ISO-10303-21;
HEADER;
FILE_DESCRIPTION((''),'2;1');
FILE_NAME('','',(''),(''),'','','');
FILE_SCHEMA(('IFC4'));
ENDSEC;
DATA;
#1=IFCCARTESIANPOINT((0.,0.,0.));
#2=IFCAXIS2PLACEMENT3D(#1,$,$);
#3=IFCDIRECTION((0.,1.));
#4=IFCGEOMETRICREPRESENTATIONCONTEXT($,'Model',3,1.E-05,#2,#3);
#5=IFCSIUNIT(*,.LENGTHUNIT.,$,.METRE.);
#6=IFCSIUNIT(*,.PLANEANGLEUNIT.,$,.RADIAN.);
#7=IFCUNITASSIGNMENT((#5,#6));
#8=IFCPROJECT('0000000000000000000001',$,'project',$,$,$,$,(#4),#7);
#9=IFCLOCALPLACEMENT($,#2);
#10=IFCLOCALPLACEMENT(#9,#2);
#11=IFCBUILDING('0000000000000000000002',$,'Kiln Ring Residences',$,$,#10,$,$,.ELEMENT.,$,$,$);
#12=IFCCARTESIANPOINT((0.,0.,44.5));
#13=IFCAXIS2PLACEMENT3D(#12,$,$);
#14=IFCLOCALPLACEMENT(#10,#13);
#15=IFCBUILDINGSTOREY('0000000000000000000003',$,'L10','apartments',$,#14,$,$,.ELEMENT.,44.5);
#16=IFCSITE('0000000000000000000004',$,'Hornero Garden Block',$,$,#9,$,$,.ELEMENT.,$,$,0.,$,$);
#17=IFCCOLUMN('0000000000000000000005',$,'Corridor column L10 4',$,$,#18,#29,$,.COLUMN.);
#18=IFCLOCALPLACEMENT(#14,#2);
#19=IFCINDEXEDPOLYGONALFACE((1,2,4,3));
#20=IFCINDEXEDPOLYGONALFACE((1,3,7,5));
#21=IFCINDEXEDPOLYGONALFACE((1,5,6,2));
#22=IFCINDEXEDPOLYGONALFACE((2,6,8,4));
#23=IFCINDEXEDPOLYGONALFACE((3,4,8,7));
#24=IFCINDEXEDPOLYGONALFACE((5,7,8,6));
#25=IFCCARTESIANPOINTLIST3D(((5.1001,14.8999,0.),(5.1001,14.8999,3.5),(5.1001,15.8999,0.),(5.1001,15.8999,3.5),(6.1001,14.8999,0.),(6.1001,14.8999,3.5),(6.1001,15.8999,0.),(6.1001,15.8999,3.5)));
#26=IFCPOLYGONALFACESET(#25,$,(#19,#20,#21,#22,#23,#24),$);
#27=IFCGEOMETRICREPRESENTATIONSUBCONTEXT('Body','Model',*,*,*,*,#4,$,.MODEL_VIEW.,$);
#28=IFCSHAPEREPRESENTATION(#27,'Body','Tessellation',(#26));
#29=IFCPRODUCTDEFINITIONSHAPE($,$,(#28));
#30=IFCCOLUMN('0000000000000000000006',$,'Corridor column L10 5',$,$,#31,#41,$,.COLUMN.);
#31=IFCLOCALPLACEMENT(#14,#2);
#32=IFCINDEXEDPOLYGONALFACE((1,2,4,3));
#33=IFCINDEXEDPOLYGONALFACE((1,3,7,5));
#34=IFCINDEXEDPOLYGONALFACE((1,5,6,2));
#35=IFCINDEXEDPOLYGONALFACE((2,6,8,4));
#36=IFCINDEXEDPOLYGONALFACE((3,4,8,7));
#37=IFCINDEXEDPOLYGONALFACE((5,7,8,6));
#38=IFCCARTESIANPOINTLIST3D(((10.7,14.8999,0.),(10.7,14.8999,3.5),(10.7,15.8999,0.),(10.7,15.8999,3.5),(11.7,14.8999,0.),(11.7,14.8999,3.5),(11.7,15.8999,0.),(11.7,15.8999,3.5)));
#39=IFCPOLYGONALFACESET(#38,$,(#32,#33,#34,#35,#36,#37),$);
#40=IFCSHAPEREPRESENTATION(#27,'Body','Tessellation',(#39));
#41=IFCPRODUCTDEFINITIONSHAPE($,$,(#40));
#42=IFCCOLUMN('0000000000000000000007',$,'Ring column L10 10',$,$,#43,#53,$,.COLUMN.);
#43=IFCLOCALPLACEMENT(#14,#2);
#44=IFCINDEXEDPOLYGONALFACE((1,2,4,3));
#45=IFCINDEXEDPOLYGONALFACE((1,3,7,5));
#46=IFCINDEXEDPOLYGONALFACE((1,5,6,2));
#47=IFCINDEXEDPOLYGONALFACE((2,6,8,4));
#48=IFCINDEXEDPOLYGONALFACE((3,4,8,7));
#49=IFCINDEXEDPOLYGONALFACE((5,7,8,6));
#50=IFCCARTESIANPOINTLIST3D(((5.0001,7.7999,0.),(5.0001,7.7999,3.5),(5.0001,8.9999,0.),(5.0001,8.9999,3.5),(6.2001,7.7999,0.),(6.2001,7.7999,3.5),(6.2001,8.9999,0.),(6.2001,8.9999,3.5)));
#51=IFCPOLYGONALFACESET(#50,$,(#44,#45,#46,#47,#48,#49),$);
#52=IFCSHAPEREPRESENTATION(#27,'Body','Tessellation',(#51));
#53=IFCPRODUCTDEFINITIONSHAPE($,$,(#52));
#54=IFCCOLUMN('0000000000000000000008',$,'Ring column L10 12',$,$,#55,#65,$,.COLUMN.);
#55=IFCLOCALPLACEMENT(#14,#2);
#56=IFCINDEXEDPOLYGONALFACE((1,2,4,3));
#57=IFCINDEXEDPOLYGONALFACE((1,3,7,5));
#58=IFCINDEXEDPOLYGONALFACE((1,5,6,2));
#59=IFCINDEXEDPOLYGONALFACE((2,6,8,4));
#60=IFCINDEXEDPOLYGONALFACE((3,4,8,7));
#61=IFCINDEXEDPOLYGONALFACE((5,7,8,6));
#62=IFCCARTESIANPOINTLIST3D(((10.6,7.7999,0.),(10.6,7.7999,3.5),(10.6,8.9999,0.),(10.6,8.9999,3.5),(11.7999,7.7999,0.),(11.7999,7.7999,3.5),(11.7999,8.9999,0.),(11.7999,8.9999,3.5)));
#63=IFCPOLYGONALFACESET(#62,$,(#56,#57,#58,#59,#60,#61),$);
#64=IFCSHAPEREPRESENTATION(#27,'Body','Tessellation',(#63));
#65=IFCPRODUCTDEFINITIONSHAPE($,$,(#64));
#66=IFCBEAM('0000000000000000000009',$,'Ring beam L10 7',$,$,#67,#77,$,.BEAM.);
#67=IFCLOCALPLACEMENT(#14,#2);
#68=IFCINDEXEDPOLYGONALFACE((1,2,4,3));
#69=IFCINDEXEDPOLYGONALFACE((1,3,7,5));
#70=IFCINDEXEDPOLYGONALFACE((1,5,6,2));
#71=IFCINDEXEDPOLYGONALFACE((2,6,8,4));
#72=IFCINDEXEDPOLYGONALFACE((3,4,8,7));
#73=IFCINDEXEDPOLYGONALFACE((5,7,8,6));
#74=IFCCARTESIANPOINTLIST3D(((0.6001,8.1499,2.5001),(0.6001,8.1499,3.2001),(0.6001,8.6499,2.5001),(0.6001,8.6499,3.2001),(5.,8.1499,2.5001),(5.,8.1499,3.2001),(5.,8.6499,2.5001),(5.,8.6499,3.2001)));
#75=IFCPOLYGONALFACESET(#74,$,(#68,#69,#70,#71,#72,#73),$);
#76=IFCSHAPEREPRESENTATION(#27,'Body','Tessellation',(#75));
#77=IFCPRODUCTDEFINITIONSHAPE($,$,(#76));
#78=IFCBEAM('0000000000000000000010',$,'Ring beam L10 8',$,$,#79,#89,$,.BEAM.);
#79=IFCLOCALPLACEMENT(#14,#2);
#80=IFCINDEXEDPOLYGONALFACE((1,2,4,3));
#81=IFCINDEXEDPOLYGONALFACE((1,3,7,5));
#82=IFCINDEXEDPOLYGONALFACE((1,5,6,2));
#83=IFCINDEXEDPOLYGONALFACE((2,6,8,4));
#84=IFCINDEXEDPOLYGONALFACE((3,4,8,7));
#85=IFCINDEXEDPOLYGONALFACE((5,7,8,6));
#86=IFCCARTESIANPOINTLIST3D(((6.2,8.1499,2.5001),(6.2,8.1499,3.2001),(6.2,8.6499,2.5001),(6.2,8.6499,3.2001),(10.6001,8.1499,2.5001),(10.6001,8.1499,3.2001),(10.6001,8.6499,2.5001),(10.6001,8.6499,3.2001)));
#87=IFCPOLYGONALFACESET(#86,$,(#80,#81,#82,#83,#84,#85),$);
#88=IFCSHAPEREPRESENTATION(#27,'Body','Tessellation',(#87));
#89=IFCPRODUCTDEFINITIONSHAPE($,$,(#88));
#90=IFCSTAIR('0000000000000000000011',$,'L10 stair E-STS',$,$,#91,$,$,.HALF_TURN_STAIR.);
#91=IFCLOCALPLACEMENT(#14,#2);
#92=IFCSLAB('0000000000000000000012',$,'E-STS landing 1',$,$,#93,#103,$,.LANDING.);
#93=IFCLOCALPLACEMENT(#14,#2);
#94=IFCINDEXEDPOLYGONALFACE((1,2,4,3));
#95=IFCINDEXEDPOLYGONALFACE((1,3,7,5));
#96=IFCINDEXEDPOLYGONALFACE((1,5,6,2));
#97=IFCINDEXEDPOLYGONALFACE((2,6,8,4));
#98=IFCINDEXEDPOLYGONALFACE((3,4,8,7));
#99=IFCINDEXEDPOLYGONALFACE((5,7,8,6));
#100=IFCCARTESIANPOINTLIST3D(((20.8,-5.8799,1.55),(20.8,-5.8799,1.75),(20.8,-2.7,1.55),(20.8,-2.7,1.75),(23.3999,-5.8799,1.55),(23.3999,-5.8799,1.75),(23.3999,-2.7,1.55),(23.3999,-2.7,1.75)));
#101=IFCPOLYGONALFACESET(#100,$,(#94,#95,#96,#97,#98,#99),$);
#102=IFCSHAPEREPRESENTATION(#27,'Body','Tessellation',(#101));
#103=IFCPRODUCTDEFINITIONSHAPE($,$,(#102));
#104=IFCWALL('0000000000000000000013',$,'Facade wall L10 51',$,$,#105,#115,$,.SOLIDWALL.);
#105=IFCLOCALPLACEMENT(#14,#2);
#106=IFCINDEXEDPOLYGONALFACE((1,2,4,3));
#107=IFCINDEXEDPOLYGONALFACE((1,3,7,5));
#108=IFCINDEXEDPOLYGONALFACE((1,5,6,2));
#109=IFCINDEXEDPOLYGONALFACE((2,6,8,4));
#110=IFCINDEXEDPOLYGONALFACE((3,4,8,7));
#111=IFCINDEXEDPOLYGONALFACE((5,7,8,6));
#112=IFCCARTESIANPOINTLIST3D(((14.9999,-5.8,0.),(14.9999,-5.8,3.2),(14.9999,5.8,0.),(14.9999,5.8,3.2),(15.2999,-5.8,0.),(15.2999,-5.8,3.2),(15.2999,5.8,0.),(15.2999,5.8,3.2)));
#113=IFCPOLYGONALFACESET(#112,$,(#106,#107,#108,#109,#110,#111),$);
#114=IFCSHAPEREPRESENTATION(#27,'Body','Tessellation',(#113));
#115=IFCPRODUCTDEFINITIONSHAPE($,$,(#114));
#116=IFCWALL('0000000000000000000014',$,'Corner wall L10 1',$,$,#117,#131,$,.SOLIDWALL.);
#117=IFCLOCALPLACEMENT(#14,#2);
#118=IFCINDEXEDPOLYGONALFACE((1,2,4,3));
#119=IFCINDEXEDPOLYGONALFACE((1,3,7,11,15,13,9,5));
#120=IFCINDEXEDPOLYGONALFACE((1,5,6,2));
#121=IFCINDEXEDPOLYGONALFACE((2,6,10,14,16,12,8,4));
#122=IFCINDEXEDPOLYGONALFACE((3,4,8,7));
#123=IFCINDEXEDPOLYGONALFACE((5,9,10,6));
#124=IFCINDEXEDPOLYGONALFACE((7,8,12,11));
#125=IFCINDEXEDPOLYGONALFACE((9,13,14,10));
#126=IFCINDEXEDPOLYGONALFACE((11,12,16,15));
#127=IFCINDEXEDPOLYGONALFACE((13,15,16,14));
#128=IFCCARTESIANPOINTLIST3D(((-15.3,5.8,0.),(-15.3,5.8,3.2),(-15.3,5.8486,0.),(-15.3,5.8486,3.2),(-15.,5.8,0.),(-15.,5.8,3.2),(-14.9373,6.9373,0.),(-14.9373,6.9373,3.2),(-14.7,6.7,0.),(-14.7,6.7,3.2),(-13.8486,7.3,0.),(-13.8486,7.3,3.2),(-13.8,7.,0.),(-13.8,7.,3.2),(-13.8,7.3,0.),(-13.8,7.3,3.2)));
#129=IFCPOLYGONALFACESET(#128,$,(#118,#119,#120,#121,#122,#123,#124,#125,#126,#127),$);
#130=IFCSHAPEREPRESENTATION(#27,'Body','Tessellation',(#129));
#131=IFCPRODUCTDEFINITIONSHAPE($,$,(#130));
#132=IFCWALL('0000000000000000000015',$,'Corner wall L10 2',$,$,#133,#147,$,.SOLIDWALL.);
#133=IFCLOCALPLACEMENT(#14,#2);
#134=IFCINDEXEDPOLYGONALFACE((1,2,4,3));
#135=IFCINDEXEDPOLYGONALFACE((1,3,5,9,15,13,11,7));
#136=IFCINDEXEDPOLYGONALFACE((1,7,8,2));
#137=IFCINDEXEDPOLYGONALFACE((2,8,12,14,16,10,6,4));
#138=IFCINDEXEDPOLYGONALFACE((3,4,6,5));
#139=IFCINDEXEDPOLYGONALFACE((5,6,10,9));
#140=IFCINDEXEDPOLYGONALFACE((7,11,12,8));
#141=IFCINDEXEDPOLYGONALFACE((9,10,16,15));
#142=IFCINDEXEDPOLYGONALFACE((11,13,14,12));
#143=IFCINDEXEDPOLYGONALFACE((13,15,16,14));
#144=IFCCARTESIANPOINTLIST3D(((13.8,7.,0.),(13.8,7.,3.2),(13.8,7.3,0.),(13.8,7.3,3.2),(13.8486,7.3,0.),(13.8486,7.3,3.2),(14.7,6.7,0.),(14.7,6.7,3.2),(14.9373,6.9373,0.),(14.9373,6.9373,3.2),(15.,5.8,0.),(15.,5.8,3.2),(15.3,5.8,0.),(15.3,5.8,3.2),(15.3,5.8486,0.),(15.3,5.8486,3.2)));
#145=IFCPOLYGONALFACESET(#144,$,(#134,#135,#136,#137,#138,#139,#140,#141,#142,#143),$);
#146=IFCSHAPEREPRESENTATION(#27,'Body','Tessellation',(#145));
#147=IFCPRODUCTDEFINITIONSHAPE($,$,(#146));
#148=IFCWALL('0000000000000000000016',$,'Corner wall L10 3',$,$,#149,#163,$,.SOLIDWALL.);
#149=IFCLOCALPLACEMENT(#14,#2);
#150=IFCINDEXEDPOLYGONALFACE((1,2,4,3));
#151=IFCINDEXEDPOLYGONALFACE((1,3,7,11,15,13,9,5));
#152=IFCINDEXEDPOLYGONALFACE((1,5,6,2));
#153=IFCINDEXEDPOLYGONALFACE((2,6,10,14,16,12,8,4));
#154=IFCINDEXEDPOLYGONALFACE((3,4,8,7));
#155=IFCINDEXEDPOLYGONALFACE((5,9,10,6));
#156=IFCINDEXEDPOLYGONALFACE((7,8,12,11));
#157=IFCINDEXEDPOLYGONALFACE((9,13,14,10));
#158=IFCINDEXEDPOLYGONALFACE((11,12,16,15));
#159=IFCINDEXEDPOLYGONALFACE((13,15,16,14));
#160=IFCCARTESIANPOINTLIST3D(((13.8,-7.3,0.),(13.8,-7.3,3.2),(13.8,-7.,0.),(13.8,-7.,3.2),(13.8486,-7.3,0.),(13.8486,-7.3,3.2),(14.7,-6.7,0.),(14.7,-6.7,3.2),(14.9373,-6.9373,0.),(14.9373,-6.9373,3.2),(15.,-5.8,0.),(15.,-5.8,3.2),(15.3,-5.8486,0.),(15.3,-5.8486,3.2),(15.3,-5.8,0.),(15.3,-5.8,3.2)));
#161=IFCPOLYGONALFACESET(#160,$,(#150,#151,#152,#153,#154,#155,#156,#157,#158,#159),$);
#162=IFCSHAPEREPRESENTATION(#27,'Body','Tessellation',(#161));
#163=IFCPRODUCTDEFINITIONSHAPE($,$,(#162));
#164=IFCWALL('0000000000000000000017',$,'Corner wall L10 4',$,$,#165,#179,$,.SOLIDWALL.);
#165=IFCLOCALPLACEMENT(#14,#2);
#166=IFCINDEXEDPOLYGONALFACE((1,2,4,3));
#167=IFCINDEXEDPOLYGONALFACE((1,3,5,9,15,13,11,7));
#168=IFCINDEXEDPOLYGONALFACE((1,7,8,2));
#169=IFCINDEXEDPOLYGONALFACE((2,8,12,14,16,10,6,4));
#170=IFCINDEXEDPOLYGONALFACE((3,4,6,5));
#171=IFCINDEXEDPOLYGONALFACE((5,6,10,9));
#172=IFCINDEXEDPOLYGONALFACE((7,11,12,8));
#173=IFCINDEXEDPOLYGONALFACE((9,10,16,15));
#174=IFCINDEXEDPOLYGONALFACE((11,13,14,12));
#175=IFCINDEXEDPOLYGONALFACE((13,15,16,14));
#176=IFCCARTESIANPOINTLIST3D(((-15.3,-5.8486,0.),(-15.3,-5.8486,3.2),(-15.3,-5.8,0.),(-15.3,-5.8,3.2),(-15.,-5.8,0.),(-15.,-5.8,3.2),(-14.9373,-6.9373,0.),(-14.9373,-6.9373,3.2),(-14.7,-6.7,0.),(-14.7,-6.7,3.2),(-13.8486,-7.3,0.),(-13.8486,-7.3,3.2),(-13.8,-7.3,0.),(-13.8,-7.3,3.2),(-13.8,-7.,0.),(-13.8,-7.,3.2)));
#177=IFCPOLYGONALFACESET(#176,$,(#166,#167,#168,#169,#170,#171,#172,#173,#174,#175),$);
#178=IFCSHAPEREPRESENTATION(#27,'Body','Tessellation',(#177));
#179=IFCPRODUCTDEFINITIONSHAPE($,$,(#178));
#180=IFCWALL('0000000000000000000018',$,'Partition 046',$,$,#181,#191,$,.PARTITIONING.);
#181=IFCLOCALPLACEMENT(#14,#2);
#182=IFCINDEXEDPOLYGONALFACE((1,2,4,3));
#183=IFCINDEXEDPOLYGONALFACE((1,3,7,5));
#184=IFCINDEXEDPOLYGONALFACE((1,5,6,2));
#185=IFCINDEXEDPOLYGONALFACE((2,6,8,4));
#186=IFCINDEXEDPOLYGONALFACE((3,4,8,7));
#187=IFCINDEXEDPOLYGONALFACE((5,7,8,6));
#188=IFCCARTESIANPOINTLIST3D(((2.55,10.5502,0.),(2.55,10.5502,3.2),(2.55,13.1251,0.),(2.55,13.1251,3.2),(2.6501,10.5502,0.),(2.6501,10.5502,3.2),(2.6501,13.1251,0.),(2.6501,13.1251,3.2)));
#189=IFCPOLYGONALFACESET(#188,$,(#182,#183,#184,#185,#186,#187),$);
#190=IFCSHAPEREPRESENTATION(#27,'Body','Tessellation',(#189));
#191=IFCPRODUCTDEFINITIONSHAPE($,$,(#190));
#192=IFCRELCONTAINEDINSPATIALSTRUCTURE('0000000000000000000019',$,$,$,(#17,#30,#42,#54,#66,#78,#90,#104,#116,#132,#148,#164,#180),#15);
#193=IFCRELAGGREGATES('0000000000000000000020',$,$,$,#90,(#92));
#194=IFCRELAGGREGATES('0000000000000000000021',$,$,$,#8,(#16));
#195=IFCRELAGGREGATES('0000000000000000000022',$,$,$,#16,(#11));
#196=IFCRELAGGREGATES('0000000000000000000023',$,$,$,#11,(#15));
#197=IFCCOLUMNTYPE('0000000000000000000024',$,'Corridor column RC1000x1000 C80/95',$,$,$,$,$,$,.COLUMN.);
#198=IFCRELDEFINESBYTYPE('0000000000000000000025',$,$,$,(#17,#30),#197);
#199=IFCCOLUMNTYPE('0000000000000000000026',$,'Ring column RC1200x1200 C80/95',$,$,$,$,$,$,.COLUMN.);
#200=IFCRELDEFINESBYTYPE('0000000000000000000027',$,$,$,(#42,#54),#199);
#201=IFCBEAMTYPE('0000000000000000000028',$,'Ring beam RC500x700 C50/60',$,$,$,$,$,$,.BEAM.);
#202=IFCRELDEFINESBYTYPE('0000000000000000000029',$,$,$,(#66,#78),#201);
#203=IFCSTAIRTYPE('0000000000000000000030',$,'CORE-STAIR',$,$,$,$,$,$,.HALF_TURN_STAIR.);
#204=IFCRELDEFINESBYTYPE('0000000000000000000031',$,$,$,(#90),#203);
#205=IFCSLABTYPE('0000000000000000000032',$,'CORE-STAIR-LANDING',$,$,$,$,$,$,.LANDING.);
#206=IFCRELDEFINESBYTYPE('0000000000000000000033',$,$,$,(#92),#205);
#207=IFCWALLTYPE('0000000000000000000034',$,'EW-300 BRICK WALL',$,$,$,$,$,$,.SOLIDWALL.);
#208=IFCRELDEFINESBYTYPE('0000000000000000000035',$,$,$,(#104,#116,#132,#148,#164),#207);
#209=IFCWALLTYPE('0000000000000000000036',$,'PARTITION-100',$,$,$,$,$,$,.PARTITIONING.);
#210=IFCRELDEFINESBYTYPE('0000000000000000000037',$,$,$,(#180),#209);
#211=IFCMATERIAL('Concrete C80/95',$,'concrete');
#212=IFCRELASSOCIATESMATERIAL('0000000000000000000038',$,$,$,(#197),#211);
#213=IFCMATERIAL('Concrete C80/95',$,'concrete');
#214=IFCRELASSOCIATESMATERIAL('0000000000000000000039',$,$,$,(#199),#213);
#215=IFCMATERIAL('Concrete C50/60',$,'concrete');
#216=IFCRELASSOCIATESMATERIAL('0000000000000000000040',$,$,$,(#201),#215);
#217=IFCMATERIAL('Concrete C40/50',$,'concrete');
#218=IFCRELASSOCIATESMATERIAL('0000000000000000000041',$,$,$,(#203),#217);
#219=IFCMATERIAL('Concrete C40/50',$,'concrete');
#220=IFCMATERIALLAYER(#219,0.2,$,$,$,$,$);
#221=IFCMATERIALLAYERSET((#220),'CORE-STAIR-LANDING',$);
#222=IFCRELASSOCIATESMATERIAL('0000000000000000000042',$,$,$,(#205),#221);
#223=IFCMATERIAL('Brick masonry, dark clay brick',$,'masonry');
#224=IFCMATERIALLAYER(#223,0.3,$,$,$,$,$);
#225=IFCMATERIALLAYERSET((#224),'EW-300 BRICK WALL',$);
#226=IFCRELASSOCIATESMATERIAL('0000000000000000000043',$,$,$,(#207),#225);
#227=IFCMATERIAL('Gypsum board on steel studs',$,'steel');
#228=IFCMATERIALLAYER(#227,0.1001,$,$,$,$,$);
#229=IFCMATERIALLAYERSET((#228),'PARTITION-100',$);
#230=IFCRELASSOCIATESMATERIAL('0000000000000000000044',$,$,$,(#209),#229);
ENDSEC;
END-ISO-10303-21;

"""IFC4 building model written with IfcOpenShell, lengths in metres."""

from ifc_helpers import new_model, si_unit, direction, frame, frame_2d, origin, origin_2d, place, context, subcontext, project, spatial, polyline, rectangle, outline, extrude, material, layer, layer_set, material_profile, profile_set, type_object, element, aggregate, save


model = new_model("IFC4")

# Units and contexts
model_context = context("Model", 3, precision=1e-05, world=origin(), true_north=direction((0.0, 1.0)))
body_context = subcontext(model_context, "Body", "Model", "MODEL_VIEW")
ifc_project = project(units=[si_unit("LENGTHUNIT", "METRE"), si_unit("PLANEANGLEUNIT", "RADIAN")], contexts=[model_context])

# Site, building, storey
site_placement = place(None, origin())
site = spatial("IfcSite", under=ifc_project, at=site_placement, Name="Hornero Garden Block", CompositionType="ELEMENT", RefElevation=0.0)
building_placement = place(site_placement, origin())
building = spatial("IfcBuilding", under=site, at=building_placement, Name="Kiln Ring Residences", CompositionType="ELEMENT")
storey_placement = place(building_placement, frame((0.0, 0.0, 44.5)))
storey = spatial("IfcBuildingStorey", under=building, at=storey_placement, Name="L10", Description="apartments", CompositionType="ELEMENT", Elevation=44.5)

# Columns
ifc_material_1 = material(Name="Concrete C80/95", Category="concrete")
ifc_material_profile_1 = material_profile(ifc_material_1, rectangle(XDim=1.0, YDim=1.0, at=origin_2d()), Name="RC1000x1000")
ifc_profile_set_1 = profile_set([ifc_material_profile_1], Name="Concrete C80/95")
column_type_1 = type_object("IfcColumnType", Name="Corridor column RC1000x1000 C80/95", PredefinedType="COLUMN", material=ifc_profile_set_1)
for number, where, z_axis, x_axis, name in (
    (1, (5.6001, 15.3999, 0.0), (0.0, 0.0, 1.0), (1.0, 0.0, 0.0), "Corridor column L10 4"),
    (2, (11.2, 15.3999, 0.0), (0.0, 0.0, 1.0), (1.0, 0.0, 0.0), "Corridor column L10 5"),
):
    element("IfcColumn", number, at=place(storey_placement, frame(where, z_axis=z_axis, x_axis=x_axis)), inside=storey, type_object=column_type_1, Name=name, PredefinedType="COLUMN", context=body_context, shape_type="SweptSolid", body=[
        extrude(rectangle(XDim=1.0, YDim=1.0, at=origin_2d()), origin(), (0.0, 0.0, 1.0), 3.5),
    ])
ifc_material_2 = material(Name="Concrete C80/95", Category="concrete")
ifc_material_profile_2 = material_profile(ifc_material_2, rectangle(XDim=1.2, YDim=1.2, at=origin_2d()), Name="RC1200x1200")
ifc_profile_set_2 = profile_set([ifc_material_profile_2], Name="Concrete C80/95")
column_type_2 = type_object("IfcColumnType", Name="Ring column RC1200x1200 C80/95", PredefinedType="COLUMN", material=ifc_profile_set_2)
for number, where, z_axis, x_axis, name in (
    (3, (5.6001, 8.3999, 0.0), (0.0, 0.0, 1.0), (1.0, 0.0, 0.0), "Ring column L10 10"),
    (4, (11.2, 8.3999, 0.0), (0.0, 0.0, 1.0), (1.0, 0.0, 0.0), "Ring column L10 12"),
):
    element("IfcColumn", number, at=place(storey_placement, frame(where, z_axis=z_axis, x_axis=x_axis)), inside=storey, type_object=column_type_2, Name=name, PredefinedType="COLUMN", context=body_context, shape_type="SweptSolid", body=[
        extrude(rectangle(XDim=1.2, YDim=1.2, at=origin_2d()), origin(), (0.0, 0.0, 1.0), 3.5),
    ])

# Beams
ifc_material_3 = material(Name="Concrete C50/60", Category="concrete")
ifc_material_profile_3 = material_profile(ifc_material_3, rectangle(XDim=0.5, YDim=0.7, at=origin_2d()), Name="RC500x700")
ifc_profile_set_3 = profile_set([ifc_material_profile_3], Name="Concrete C50/60")
beam_type = type_object("IfcBeamType", Name="Ring beam RC500x700 C50/60", PredefinedType="BEAM", material=ifc_profile_set_3)
beam_1_placement = place(storey_placement, frame((0.6001, 8.3999, 2.8501), z_axis=(1.0, 0.0, 0.0), x_axis=(0.0, 1.0, 0.0)))
element("IfcBeam", 5, at=beam_1_placement, inside=storey, type_object=beam_type, Name="Ring beam L10 7", PredefinedType="BEAM", context=body_context, shape_type="SweptSolid", body=[
    extrude(rectangle(XDim=0.5, YDim=0.7, at=origin_2d()), origin(), (0.0, 0.0, 1.0), 4.3999),
])
beam_2_placement = place(storey_placement, frame((6.2, 8.3999, 2.8501), z_axis=(1.0, 0.0, 0.0), x_axis=(0.0, 1.0, 0.0)))
element("IfcBeam", 6, at=beam_2_placement, inside=storey, type_object=beam_type, Name="Ring beam L10 8", PredefinedType="BEAM", context=body_context, shape_type="SweptSolid", body=[
    extrude(rectangle(XDim=0.5, YDim=0.7, at=origin_2d()), origin(), (0.0, 0.0, 1.0), 4.4001),
])

# Stair, slab
ifc_material_4 = material(Name="Concrete C40/50", Category="concrete")
stair_type = type_object("IfcStairType", Name="CORE-STAIR", PredefinedType="HALF_TURN_STAIR", material=ifc_material_4)
placement = place(storey_placement, origin())
stair = element("IfcStair", 7, at=placement, inside=storey, type_object=stair_type, Name="L10 stair E-STS", PredefinedType="HALF_TURN_STAIR")
ifc_material_5 = material(Name="Concrete C40/50", Category="concrete")
ifc_layer_1 = layer(ifc_material_5, 0.2)
ifc_layer_set_1 = layer_set([ifc_layer_1], Name="CORE-STAIR-LANDING")
slab_type = type_object("IfcSlabType", Name="CORE-STAIR-LANDING", PredefinedType="LANDING", material=ifc_layer_set_1)
slab_placement = place(storey_placement, frame((0.0, 0.0, 1.55)))
slab = element("IfcSlab", 8, at=slab_placement, type_object=slab_type, Name="E-STS landing 1", PredefinedType="LANDING", context=body_context, shape_type="SweptSolid", body=[
    extrude(outline(polyline([(23.3999, -5.8799), (23.3999, -2.7), (20.8, -2.7), (20.8, -5.8799), (23.3999, -5.8799)])), origin(), (0.0, 0.0, 1.0), 0.2),
])
aggregate(stair, [slab])

# Walls
ifc_material_6 = material(Name="Brick masonry, dark clay brick", Category="masonry")
ifc_layer_2 = layer(ifc_material_6, 0.3)
ifc_layer_set_2 = layer_set([ifc_layer_2], Name="EW-300 BRICK WALL")
wall_type_1 = type_object("IfcWallType", Name="EW-300 BRICK WALL", PredefinedType="SOLIDWALL", material=ifc_layer_set_2)
wall_1_placement = place(storey_placement, frame((15.1499, 5.8, 0.0), z_axis=(0.0, 0.0, 1.0), x_axis=(0.0, -1.0, 0.0)))
element("IfcWall", 9, at=wall_1_placement, inside=storey, type_object=wall_type_1, Name="Facade wall L10 51", PredefinedType="SOLIDWALL", context=body_context, shape_type="SweptSolid", body=[
    extrude(rectangle(XDim=11.6001, YDim=0.3, at=frame_2d((5.8, 0.0))), origin(), (0.0, 0.0, 1.0), 3.2),
])
element("IfcWall", 10, at=placement, inside=storey, type_object=wall_type_1, Name="Corner wall L10 1", PredefinedType="SOLIDWALL", context=body_context, shape_type="SweptSolid", body=[
    extrude(outline(polyline([(-13.8486, 7.3), (-14.9373, 6.9373), (-15.3, 5.8486), (-15.3, 5.8), (-15.0, 5.8), (-14.7, 6.7), (-13.8, 7.0), (-13.8, 7.3), (-13.8486, 7.3)])), origin(), (0.0, 0.0, 1.0), 3.2),
])
element("IfcWall", 11, at=placement, inside=storey, type_object=wall_type_1, Name="Corner wall L10 2", PredefinedType="SOLIDWALL", context=body_context, shape_type="SweptSolid", body=[
    extrude(outline(polyline([(14.9373, 6.9373), (13.8486, 7.3), (13.8, 7.3), (13.8, 7.0), (14.7, 6.7), (15.0, 5.8), (15.3, 5.8), (15.3, 5.8486), (14.9373, 6.9373)])), origin(), (0.0, 0.0, 1.0), 3.2),
])
element("IfcWall", 12, at=placement, inside=storey, type_object=wall_type_1, Name="Corner wall L10 3", PredefinedType="SOLIDWALL", context=body_context, shape_type="SweptSolid", body=[
    extrude(outline(polyline([(14.9373, -6.9373), (15.3, -5.8486), (15.3, -5.8), (15.0, -5.8), (14.7, -6.7), (13.8, -7.0), (13.8, -7.3), (13.8486, -7.3), (14.9373, -6.9373)])), origin(), (0.0, 0.0, 1.0), 3.2),
])
element("IfcWall", 13, at=placement, inside=storey, type_object=wall_type_1, Name="Corner wall L10 4", PredefinedType="SOLIDWALL", context=body_context, shape_type="SweptSolid", body=[
    extrude(outline(polyline([(-14.9373, -6.9373), (-13.8486, -7.3), (-13.8, -7.3), (-13.8, -7.0), (-14.7, -6.7), (-15.0, -5.8), (-15.3, -5.8), (-15.3, -5.8486), (-14.9373, -6.9373)])), origin(), (0.0, 0.0, 1.0), 3.2),
])
ifc_material_7 = material(Name="Gypsum board on steel studs", Category="steel")
ifc_layer_3 = layer(ifc_material_7, 0.1001)
ifc_layer_set_3 = layer_set([ifc_layer_3], Name="PARTITION-100")
wall_type_2 = type_object("IfcWallType", Name="PARTITION-100", PredefinedType="PARTITIONING", material=ifc_layer_set_3)
wall_2_placement = place(storey_placement, frame((2.6001, 10.55, 0.0), z_axis=(0.0, 0.0, 1.0), x_axis=(0.0, 1.0, 0.0)))
element("IfcWall", 14, at=wall_2_placement, inside=storey, type_object=wall_type_2, Name="Partition 046", PredefinedType="PARTITIONING", context=body_context, shape_type="SweptSolid", body=[
    extrude(rectangle(XDim=2.575, YDim=0.1001, at=frame_2d((1.2876, 0.0))), origin(), (0.0, 0.0, 1.0), 3.2),
])

save(model, "model.ifc")
